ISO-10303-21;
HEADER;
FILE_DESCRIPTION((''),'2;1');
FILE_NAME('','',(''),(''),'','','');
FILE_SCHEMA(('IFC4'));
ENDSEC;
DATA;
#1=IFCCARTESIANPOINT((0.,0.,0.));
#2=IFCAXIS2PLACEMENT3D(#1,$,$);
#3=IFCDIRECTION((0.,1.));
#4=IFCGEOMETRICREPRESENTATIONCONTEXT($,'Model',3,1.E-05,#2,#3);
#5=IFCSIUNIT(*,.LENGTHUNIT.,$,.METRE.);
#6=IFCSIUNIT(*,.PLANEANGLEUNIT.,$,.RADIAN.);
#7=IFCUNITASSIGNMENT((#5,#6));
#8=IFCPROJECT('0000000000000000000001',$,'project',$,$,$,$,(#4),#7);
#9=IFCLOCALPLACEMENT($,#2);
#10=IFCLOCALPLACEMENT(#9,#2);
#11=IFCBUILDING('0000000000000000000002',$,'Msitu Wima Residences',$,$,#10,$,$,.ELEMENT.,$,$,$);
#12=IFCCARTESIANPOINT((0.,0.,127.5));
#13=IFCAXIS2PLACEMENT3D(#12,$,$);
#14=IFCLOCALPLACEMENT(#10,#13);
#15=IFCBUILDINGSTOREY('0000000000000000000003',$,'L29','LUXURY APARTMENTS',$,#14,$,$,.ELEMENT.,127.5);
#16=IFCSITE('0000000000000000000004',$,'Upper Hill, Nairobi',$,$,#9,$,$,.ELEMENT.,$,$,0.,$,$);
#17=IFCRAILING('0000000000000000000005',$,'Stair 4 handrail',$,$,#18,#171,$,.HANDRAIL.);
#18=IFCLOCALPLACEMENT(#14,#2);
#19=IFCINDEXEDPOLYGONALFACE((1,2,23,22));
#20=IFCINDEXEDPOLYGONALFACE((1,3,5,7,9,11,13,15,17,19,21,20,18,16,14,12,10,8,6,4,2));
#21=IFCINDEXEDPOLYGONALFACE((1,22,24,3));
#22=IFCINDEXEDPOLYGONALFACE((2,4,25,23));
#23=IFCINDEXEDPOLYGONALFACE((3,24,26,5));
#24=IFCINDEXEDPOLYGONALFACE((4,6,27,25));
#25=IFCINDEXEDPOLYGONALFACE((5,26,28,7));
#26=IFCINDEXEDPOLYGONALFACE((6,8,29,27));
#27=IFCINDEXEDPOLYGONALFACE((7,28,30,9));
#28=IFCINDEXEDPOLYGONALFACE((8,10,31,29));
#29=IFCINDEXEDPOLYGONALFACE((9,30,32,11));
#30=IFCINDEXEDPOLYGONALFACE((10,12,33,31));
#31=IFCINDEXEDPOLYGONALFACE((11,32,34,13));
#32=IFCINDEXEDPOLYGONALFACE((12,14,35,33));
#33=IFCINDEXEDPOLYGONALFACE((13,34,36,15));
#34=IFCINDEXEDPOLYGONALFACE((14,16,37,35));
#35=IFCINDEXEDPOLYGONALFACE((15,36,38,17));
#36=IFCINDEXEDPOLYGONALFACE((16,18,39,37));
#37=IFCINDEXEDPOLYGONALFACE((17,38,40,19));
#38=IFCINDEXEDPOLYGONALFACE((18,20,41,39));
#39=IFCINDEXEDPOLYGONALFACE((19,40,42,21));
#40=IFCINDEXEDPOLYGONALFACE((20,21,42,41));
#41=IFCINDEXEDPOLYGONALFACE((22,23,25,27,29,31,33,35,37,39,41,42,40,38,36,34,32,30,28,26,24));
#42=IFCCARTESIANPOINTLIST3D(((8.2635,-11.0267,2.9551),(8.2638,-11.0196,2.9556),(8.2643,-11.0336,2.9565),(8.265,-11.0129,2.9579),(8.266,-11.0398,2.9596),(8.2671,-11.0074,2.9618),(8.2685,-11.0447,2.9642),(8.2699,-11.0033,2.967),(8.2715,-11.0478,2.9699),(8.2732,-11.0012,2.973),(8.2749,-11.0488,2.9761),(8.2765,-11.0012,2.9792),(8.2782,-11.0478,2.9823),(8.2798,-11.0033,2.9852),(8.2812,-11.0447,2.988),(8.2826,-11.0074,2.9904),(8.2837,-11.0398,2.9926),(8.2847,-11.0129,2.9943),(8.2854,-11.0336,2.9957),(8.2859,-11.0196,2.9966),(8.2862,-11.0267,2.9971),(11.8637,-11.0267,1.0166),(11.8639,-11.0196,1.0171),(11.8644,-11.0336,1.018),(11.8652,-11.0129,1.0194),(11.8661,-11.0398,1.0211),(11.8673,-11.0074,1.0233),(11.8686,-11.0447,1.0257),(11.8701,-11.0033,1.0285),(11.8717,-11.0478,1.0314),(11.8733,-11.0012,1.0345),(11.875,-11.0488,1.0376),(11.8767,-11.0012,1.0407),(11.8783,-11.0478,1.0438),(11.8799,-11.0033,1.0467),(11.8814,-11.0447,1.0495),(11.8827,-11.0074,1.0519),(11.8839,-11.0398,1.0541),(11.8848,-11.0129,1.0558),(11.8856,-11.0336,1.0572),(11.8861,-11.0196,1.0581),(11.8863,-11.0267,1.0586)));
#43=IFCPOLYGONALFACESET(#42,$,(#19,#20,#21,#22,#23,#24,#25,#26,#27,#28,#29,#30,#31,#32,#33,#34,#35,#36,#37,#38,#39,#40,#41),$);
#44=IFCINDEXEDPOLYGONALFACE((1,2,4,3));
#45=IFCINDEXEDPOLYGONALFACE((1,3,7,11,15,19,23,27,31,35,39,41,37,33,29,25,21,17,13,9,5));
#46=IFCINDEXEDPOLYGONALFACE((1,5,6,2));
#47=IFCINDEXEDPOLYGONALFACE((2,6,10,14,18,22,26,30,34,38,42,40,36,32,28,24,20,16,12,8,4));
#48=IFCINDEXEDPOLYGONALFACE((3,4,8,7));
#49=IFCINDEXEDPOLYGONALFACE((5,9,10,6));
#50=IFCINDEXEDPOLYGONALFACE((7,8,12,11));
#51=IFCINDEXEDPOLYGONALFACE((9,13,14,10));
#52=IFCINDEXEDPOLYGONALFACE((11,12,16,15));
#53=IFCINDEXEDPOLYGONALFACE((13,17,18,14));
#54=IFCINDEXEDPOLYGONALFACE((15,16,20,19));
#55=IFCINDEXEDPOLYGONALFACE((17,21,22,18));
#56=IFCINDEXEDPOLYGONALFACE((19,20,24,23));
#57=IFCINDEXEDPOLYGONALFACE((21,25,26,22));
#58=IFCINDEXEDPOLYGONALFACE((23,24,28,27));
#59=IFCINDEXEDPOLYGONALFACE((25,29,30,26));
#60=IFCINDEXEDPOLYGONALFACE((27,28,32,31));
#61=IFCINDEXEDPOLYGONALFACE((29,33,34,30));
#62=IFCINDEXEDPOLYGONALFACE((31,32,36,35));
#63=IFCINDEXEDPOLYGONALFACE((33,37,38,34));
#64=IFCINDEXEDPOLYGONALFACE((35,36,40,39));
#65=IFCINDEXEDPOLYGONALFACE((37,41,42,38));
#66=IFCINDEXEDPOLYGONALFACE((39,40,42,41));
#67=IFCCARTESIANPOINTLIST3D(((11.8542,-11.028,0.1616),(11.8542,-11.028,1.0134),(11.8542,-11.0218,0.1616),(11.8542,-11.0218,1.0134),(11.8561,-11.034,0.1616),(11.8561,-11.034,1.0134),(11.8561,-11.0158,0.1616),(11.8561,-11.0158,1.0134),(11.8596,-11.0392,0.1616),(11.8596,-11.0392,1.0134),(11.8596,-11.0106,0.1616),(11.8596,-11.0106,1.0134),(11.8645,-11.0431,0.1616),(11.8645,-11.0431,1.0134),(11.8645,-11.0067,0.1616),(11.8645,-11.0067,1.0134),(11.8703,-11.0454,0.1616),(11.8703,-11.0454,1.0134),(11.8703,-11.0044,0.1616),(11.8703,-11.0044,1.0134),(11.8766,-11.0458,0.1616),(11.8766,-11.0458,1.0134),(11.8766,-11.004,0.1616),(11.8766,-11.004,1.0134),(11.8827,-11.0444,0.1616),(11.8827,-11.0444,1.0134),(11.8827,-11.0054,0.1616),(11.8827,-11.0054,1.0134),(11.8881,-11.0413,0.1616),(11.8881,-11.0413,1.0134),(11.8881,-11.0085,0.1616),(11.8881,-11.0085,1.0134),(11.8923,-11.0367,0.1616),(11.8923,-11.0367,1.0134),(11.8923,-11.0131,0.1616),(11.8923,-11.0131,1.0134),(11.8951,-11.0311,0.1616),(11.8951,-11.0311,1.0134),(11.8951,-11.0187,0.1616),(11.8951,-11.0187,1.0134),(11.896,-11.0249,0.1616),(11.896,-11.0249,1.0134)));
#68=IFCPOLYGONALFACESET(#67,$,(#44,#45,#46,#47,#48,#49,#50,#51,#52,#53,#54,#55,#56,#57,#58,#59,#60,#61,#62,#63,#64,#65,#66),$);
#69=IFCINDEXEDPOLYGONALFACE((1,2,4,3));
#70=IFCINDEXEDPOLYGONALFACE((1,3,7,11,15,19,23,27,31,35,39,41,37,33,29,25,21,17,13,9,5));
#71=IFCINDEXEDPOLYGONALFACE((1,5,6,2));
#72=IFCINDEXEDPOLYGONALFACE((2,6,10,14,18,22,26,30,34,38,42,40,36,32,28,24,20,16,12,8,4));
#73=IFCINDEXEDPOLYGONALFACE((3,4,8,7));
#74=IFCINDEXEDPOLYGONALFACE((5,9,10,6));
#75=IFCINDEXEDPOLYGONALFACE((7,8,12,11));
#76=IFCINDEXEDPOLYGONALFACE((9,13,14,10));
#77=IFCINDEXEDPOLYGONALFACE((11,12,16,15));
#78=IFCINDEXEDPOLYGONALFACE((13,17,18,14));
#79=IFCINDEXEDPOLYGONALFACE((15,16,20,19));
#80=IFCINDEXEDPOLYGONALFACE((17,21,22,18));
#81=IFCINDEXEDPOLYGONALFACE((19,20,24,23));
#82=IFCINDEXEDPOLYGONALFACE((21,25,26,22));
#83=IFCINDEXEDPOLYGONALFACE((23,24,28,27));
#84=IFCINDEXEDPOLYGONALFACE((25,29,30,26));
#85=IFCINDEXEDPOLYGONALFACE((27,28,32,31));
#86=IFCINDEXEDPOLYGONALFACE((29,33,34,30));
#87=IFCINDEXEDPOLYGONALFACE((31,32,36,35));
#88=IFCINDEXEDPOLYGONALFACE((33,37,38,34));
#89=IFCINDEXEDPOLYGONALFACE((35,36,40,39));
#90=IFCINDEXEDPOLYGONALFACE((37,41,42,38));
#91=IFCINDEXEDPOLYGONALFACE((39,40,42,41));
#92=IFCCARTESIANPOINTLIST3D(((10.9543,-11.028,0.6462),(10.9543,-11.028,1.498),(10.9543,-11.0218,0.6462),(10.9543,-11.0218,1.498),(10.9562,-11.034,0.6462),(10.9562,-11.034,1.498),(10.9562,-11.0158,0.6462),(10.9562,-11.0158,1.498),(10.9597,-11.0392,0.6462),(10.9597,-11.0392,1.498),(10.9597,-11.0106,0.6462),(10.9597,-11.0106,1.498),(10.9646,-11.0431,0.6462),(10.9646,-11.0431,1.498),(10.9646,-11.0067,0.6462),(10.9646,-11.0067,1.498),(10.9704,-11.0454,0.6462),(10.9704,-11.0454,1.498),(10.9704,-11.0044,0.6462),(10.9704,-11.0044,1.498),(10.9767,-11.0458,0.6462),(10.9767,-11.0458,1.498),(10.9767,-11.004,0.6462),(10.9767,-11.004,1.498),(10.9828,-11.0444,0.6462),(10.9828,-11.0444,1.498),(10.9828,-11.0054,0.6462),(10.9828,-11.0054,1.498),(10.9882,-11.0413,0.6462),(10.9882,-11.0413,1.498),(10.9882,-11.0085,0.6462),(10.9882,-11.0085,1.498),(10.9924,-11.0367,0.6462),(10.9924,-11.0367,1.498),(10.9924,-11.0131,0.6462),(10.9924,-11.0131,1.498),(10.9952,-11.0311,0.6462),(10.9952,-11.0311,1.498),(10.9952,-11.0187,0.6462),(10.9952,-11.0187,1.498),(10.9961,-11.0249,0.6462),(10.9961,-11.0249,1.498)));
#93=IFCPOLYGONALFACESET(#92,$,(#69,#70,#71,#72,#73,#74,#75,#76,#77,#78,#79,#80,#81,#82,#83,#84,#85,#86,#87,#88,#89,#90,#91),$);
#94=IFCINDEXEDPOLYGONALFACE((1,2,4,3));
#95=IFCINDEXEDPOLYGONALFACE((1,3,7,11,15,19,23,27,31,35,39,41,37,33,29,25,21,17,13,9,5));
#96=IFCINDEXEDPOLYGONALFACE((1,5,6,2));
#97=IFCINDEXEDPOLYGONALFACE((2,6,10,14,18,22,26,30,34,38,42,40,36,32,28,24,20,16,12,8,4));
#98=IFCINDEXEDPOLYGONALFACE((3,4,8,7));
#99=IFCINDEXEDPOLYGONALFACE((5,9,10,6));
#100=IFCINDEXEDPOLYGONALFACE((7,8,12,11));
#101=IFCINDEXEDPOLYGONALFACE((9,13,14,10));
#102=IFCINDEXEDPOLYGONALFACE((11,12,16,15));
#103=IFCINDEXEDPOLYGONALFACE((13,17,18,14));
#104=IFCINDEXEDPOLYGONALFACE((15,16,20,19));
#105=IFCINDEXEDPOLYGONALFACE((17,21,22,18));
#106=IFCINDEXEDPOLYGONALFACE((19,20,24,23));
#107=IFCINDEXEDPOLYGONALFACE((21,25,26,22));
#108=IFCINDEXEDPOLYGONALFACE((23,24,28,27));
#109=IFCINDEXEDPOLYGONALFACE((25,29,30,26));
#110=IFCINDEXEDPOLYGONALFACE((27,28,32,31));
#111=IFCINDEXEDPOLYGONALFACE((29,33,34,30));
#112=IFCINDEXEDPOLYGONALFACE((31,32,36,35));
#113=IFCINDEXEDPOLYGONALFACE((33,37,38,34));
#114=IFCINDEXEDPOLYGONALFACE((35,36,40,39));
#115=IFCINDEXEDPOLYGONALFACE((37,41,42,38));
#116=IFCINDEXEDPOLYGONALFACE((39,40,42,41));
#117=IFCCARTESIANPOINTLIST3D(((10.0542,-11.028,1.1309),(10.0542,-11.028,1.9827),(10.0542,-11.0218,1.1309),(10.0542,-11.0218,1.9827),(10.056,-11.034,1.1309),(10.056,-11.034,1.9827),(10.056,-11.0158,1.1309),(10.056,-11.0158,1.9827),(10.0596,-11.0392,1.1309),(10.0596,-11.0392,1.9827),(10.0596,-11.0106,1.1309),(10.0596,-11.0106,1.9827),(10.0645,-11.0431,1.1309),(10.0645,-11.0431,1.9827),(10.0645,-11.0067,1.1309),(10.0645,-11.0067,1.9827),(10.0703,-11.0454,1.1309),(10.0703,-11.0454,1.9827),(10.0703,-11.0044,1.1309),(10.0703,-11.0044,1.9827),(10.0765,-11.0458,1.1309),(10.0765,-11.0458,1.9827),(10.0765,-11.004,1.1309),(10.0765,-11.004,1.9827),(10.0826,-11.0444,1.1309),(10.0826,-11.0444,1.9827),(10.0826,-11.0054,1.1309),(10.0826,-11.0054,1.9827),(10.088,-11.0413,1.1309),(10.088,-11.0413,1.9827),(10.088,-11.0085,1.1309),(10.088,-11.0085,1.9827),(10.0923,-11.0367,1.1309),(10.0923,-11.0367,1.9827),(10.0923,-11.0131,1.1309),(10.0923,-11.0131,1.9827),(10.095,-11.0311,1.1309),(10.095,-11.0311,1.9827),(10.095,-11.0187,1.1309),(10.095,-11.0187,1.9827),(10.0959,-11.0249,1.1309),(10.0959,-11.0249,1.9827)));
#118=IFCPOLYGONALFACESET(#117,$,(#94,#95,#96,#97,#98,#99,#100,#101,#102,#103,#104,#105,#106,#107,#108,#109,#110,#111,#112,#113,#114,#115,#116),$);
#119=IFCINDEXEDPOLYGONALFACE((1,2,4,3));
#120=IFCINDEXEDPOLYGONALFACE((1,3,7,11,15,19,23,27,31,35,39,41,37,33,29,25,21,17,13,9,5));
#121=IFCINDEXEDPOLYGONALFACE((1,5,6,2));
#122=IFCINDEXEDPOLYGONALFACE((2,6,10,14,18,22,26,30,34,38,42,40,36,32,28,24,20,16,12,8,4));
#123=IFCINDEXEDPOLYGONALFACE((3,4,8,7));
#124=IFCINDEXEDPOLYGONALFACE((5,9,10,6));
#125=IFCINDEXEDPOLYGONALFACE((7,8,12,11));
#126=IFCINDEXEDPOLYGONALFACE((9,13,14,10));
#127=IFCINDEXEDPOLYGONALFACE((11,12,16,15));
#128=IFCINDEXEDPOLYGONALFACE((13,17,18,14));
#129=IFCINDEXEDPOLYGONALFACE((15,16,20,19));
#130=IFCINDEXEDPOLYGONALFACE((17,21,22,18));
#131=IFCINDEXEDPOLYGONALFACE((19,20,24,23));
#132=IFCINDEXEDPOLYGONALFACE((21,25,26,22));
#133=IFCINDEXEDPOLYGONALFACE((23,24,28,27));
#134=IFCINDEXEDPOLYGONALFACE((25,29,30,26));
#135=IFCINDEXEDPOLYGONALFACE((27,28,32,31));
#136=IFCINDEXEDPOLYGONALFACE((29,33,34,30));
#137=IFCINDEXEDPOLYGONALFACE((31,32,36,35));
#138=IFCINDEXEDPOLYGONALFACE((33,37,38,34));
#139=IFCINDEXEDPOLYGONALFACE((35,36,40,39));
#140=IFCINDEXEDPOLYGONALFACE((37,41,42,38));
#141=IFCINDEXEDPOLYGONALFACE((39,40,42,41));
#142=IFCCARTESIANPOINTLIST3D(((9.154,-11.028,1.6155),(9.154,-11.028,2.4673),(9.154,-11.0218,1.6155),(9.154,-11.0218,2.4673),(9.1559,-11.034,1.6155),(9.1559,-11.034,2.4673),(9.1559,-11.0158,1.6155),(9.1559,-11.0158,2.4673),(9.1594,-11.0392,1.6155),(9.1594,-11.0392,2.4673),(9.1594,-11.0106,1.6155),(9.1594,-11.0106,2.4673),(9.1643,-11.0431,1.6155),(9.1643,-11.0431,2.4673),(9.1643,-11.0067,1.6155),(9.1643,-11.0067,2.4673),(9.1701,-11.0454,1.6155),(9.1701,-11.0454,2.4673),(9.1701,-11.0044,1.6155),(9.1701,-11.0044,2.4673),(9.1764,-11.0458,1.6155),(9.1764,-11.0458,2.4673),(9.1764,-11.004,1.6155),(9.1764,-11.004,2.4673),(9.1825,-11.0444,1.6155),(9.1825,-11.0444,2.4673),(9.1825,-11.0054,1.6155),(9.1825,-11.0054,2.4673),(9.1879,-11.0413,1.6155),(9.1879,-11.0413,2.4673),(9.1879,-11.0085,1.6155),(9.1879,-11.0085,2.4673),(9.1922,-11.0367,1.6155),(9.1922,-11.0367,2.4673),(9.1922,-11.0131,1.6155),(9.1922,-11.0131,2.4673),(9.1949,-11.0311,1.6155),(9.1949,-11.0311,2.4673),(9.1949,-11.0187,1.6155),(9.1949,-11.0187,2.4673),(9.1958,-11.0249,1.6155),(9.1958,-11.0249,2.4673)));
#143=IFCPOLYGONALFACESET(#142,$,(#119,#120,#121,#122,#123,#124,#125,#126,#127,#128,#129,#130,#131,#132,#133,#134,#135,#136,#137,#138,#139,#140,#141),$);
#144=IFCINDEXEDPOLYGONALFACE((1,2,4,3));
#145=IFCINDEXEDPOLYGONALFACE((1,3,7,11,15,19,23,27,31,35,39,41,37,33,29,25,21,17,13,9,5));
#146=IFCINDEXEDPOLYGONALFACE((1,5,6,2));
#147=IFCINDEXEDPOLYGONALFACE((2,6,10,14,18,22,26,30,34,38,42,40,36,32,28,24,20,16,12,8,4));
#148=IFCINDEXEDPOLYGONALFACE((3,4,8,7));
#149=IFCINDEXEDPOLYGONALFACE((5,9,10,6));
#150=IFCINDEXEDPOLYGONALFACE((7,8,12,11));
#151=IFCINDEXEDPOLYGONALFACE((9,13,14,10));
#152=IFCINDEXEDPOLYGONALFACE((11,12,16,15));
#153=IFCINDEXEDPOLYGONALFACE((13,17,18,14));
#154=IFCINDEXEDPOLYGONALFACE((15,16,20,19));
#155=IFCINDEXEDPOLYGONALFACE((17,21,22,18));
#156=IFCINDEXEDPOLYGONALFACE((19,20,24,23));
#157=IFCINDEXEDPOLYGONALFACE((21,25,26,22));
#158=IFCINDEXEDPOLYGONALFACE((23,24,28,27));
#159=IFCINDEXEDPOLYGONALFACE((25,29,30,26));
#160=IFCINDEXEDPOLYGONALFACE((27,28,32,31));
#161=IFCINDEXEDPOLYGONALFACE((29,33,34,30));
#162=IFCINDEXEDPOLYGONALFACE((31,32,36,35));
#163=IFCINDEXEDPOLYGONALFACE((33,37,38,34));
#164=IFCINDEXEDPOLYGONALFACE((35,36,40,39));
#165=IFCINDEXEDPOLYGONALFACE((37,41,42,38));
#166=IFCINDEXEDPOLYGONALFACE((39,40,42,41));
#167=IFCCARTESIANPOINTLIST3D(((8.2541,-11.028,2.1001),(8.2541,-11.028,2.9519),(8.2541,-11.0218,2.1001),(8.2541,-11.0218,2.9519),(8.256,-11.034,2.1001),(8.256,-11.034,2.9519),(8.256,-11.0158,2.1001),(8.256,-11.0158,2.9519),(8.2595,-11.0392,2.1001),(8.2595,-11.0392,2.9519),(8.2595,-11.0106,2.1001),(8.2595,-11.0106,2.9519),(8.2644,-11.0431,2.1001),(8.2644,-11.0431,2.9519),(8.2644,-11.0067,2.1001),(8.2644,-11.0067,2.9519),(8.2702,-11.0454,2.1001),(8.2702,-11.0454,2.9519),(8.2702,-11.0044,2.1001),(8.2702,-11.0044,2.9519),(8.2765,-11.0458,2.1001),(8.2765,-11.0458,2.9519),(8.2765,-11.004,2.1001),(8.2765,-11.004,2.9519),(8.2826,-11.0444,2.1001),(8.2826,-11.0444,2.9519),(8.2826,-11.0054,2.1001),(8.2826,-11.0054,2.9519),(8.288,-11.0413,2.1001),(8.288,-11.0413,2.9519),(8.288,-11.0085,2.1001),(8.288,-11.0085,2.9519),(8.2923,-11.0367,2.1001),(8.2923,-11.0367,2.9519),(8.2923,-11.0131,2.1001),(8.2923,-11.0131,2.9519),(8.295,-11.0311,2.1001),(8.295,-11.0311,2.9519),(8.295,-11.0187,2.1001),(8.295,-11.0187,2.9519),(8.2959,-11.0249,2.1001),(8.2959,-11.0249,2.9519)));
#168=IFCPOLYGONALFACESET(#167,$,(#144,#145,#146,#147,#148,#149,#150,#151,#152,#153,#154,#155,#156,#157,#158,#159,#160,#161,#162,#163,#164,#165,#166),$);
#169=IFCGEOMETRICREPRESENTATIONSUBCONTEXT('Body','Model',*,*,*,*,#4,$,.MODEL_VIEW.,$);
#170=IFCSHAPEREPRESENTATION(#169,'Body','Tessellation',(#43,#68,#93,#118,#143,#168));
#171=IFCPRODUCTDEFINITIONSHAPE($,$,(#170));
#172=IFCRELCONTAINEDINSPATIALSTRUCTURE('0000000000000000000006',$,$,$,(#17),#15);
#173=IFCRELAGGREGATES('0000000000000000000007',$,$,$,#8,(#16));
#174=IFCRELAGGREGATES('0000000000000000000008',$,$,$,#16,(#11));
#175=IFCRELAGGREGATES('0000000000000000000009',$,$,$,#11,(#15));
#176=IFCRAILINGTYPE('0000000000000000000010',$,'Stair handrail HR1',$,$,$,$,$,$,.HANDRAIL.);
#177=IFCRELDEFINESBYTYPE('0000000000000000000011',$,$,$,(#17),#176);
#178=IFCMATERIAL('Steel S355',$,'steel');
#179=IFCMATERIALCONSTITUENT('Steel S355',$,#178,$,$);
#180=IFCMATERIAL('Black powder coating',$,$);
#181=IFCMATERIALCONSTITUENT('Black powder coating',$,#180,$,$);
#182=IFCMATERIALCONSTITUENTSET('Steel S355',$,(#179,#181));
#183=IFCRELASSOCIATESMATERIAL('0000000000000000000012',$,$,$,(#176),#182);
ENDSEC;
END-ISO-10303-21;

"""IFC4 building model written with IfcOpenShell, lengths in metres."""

from ifc_helpers import new_model, si_unit, direction, frame, origin, origin_2d, place, context, subcontext, project, spatial, circle, extrude, material, constituent, constituent_set, type_object, element, save


model = new_model("IFC4")

# Units and contexts
model_context = context("Model", 3, precision=1e-05, world=origin(), true_north=direction((0.0, 1.0)))
body_context = subcontext(model_context, "Body", "Model", "MODEL_VIEW")
ifc_project = project(units=[si_unit("LENGTHUNIT", "METRE"), si_unit("PLANEANGLEUNIT", "RADIAN")], contexts=[model_context])

# Site, building, storey
site_placement = place(None, origin())
site = spatial("IfcSite", under=ifc_project, at=site_placement, Name="Upper Hill, Nairobi", CompositionType="ELEMENT", RefElevation=0.0)
building_placement = place(site_placement, origin())
building = spatial("IfcBuilding", under=site, at=building_placement, Name="Msitu Wima Residences", CompositionType="ELEMENT")
storey_placement = place(building_placement, frame((0.0, 0.0, 127.5)))
storey = spatial("IfcBuildingStorey", under=building, at=storey_placement, Name="L29", Description="LUXURY APARTMENTS", CompositionType="ELEMENT", Elevation=127.5)

# Railing
ifc_material_1 = material(Name="Steel S355", Category="steel")
ifc_constituent_1 = constituent(ifc_material_1, Name="Steel S355")
ifc_material_2 = material(Name="Black powder coating")
ifc_constituent_2 = constituent(ifc_material_2, Name="Black powder coating")
ifc_constituent_set = constituent_set(constituents=[ifc_constituent_1, ifc_constituent_2], Name="Steel S355")
railing_type = type_object("IfcRailingType", Name="Stair handrail HR1", PredefinedType="HANDRAIL", material=ifc_constituent_set)
for number, where, name in (
    (1, (11.875, -11.0249, 0.1616), "Stair 4 handrail"),
):
    element("IfcRailing", number, at=place(storey_placement, frame(where)), inside=storey, type_object=railing_type, Name=name, PredefinedType="HANDRAIL", context=body_context, shape_type="SweptSolid", body=[
        extrude(circle(Radius=0.0239, at=origin_2d()), frame((0.0, 0.0, 0.876), z_axis=(-0.880475, 0.0, 0.474093), x_axis=(0.0, -1.0, 0.0)), (0.0, 0.0, 1.0), 4.0889),
        extrude(circle(Radius=0.021, at=origin_2d()), origin(), (0.0, 0.0, 1.0), 0.8518),
        extrude(circle(Radius=0.021, at=origin_2d()), frame((-0.8999, 0.0, 0.4846)), (0.0, 0.0, 1.0), 0.8518),
        extrude(circle(Radius=0.021, at=origin_2d()), frame((-1.8, 0.0, 0.9692)), (0.0, 0.0, 1.0), 0.8518),
        extrude(circle(Radius=0.021, at=origin_2d()), frame((-2.7002, 0.0, 1.4539)), (0.0, 0.0, 1.0), 0.8518),
        extrude(circle(Radius=0.021, at=origin_2d()), frame((-3.6001, 0.0, 1.9385)), (0.0, 0.0, 1.0), 0.8518),
    ])

save(model, "model.ifc")
